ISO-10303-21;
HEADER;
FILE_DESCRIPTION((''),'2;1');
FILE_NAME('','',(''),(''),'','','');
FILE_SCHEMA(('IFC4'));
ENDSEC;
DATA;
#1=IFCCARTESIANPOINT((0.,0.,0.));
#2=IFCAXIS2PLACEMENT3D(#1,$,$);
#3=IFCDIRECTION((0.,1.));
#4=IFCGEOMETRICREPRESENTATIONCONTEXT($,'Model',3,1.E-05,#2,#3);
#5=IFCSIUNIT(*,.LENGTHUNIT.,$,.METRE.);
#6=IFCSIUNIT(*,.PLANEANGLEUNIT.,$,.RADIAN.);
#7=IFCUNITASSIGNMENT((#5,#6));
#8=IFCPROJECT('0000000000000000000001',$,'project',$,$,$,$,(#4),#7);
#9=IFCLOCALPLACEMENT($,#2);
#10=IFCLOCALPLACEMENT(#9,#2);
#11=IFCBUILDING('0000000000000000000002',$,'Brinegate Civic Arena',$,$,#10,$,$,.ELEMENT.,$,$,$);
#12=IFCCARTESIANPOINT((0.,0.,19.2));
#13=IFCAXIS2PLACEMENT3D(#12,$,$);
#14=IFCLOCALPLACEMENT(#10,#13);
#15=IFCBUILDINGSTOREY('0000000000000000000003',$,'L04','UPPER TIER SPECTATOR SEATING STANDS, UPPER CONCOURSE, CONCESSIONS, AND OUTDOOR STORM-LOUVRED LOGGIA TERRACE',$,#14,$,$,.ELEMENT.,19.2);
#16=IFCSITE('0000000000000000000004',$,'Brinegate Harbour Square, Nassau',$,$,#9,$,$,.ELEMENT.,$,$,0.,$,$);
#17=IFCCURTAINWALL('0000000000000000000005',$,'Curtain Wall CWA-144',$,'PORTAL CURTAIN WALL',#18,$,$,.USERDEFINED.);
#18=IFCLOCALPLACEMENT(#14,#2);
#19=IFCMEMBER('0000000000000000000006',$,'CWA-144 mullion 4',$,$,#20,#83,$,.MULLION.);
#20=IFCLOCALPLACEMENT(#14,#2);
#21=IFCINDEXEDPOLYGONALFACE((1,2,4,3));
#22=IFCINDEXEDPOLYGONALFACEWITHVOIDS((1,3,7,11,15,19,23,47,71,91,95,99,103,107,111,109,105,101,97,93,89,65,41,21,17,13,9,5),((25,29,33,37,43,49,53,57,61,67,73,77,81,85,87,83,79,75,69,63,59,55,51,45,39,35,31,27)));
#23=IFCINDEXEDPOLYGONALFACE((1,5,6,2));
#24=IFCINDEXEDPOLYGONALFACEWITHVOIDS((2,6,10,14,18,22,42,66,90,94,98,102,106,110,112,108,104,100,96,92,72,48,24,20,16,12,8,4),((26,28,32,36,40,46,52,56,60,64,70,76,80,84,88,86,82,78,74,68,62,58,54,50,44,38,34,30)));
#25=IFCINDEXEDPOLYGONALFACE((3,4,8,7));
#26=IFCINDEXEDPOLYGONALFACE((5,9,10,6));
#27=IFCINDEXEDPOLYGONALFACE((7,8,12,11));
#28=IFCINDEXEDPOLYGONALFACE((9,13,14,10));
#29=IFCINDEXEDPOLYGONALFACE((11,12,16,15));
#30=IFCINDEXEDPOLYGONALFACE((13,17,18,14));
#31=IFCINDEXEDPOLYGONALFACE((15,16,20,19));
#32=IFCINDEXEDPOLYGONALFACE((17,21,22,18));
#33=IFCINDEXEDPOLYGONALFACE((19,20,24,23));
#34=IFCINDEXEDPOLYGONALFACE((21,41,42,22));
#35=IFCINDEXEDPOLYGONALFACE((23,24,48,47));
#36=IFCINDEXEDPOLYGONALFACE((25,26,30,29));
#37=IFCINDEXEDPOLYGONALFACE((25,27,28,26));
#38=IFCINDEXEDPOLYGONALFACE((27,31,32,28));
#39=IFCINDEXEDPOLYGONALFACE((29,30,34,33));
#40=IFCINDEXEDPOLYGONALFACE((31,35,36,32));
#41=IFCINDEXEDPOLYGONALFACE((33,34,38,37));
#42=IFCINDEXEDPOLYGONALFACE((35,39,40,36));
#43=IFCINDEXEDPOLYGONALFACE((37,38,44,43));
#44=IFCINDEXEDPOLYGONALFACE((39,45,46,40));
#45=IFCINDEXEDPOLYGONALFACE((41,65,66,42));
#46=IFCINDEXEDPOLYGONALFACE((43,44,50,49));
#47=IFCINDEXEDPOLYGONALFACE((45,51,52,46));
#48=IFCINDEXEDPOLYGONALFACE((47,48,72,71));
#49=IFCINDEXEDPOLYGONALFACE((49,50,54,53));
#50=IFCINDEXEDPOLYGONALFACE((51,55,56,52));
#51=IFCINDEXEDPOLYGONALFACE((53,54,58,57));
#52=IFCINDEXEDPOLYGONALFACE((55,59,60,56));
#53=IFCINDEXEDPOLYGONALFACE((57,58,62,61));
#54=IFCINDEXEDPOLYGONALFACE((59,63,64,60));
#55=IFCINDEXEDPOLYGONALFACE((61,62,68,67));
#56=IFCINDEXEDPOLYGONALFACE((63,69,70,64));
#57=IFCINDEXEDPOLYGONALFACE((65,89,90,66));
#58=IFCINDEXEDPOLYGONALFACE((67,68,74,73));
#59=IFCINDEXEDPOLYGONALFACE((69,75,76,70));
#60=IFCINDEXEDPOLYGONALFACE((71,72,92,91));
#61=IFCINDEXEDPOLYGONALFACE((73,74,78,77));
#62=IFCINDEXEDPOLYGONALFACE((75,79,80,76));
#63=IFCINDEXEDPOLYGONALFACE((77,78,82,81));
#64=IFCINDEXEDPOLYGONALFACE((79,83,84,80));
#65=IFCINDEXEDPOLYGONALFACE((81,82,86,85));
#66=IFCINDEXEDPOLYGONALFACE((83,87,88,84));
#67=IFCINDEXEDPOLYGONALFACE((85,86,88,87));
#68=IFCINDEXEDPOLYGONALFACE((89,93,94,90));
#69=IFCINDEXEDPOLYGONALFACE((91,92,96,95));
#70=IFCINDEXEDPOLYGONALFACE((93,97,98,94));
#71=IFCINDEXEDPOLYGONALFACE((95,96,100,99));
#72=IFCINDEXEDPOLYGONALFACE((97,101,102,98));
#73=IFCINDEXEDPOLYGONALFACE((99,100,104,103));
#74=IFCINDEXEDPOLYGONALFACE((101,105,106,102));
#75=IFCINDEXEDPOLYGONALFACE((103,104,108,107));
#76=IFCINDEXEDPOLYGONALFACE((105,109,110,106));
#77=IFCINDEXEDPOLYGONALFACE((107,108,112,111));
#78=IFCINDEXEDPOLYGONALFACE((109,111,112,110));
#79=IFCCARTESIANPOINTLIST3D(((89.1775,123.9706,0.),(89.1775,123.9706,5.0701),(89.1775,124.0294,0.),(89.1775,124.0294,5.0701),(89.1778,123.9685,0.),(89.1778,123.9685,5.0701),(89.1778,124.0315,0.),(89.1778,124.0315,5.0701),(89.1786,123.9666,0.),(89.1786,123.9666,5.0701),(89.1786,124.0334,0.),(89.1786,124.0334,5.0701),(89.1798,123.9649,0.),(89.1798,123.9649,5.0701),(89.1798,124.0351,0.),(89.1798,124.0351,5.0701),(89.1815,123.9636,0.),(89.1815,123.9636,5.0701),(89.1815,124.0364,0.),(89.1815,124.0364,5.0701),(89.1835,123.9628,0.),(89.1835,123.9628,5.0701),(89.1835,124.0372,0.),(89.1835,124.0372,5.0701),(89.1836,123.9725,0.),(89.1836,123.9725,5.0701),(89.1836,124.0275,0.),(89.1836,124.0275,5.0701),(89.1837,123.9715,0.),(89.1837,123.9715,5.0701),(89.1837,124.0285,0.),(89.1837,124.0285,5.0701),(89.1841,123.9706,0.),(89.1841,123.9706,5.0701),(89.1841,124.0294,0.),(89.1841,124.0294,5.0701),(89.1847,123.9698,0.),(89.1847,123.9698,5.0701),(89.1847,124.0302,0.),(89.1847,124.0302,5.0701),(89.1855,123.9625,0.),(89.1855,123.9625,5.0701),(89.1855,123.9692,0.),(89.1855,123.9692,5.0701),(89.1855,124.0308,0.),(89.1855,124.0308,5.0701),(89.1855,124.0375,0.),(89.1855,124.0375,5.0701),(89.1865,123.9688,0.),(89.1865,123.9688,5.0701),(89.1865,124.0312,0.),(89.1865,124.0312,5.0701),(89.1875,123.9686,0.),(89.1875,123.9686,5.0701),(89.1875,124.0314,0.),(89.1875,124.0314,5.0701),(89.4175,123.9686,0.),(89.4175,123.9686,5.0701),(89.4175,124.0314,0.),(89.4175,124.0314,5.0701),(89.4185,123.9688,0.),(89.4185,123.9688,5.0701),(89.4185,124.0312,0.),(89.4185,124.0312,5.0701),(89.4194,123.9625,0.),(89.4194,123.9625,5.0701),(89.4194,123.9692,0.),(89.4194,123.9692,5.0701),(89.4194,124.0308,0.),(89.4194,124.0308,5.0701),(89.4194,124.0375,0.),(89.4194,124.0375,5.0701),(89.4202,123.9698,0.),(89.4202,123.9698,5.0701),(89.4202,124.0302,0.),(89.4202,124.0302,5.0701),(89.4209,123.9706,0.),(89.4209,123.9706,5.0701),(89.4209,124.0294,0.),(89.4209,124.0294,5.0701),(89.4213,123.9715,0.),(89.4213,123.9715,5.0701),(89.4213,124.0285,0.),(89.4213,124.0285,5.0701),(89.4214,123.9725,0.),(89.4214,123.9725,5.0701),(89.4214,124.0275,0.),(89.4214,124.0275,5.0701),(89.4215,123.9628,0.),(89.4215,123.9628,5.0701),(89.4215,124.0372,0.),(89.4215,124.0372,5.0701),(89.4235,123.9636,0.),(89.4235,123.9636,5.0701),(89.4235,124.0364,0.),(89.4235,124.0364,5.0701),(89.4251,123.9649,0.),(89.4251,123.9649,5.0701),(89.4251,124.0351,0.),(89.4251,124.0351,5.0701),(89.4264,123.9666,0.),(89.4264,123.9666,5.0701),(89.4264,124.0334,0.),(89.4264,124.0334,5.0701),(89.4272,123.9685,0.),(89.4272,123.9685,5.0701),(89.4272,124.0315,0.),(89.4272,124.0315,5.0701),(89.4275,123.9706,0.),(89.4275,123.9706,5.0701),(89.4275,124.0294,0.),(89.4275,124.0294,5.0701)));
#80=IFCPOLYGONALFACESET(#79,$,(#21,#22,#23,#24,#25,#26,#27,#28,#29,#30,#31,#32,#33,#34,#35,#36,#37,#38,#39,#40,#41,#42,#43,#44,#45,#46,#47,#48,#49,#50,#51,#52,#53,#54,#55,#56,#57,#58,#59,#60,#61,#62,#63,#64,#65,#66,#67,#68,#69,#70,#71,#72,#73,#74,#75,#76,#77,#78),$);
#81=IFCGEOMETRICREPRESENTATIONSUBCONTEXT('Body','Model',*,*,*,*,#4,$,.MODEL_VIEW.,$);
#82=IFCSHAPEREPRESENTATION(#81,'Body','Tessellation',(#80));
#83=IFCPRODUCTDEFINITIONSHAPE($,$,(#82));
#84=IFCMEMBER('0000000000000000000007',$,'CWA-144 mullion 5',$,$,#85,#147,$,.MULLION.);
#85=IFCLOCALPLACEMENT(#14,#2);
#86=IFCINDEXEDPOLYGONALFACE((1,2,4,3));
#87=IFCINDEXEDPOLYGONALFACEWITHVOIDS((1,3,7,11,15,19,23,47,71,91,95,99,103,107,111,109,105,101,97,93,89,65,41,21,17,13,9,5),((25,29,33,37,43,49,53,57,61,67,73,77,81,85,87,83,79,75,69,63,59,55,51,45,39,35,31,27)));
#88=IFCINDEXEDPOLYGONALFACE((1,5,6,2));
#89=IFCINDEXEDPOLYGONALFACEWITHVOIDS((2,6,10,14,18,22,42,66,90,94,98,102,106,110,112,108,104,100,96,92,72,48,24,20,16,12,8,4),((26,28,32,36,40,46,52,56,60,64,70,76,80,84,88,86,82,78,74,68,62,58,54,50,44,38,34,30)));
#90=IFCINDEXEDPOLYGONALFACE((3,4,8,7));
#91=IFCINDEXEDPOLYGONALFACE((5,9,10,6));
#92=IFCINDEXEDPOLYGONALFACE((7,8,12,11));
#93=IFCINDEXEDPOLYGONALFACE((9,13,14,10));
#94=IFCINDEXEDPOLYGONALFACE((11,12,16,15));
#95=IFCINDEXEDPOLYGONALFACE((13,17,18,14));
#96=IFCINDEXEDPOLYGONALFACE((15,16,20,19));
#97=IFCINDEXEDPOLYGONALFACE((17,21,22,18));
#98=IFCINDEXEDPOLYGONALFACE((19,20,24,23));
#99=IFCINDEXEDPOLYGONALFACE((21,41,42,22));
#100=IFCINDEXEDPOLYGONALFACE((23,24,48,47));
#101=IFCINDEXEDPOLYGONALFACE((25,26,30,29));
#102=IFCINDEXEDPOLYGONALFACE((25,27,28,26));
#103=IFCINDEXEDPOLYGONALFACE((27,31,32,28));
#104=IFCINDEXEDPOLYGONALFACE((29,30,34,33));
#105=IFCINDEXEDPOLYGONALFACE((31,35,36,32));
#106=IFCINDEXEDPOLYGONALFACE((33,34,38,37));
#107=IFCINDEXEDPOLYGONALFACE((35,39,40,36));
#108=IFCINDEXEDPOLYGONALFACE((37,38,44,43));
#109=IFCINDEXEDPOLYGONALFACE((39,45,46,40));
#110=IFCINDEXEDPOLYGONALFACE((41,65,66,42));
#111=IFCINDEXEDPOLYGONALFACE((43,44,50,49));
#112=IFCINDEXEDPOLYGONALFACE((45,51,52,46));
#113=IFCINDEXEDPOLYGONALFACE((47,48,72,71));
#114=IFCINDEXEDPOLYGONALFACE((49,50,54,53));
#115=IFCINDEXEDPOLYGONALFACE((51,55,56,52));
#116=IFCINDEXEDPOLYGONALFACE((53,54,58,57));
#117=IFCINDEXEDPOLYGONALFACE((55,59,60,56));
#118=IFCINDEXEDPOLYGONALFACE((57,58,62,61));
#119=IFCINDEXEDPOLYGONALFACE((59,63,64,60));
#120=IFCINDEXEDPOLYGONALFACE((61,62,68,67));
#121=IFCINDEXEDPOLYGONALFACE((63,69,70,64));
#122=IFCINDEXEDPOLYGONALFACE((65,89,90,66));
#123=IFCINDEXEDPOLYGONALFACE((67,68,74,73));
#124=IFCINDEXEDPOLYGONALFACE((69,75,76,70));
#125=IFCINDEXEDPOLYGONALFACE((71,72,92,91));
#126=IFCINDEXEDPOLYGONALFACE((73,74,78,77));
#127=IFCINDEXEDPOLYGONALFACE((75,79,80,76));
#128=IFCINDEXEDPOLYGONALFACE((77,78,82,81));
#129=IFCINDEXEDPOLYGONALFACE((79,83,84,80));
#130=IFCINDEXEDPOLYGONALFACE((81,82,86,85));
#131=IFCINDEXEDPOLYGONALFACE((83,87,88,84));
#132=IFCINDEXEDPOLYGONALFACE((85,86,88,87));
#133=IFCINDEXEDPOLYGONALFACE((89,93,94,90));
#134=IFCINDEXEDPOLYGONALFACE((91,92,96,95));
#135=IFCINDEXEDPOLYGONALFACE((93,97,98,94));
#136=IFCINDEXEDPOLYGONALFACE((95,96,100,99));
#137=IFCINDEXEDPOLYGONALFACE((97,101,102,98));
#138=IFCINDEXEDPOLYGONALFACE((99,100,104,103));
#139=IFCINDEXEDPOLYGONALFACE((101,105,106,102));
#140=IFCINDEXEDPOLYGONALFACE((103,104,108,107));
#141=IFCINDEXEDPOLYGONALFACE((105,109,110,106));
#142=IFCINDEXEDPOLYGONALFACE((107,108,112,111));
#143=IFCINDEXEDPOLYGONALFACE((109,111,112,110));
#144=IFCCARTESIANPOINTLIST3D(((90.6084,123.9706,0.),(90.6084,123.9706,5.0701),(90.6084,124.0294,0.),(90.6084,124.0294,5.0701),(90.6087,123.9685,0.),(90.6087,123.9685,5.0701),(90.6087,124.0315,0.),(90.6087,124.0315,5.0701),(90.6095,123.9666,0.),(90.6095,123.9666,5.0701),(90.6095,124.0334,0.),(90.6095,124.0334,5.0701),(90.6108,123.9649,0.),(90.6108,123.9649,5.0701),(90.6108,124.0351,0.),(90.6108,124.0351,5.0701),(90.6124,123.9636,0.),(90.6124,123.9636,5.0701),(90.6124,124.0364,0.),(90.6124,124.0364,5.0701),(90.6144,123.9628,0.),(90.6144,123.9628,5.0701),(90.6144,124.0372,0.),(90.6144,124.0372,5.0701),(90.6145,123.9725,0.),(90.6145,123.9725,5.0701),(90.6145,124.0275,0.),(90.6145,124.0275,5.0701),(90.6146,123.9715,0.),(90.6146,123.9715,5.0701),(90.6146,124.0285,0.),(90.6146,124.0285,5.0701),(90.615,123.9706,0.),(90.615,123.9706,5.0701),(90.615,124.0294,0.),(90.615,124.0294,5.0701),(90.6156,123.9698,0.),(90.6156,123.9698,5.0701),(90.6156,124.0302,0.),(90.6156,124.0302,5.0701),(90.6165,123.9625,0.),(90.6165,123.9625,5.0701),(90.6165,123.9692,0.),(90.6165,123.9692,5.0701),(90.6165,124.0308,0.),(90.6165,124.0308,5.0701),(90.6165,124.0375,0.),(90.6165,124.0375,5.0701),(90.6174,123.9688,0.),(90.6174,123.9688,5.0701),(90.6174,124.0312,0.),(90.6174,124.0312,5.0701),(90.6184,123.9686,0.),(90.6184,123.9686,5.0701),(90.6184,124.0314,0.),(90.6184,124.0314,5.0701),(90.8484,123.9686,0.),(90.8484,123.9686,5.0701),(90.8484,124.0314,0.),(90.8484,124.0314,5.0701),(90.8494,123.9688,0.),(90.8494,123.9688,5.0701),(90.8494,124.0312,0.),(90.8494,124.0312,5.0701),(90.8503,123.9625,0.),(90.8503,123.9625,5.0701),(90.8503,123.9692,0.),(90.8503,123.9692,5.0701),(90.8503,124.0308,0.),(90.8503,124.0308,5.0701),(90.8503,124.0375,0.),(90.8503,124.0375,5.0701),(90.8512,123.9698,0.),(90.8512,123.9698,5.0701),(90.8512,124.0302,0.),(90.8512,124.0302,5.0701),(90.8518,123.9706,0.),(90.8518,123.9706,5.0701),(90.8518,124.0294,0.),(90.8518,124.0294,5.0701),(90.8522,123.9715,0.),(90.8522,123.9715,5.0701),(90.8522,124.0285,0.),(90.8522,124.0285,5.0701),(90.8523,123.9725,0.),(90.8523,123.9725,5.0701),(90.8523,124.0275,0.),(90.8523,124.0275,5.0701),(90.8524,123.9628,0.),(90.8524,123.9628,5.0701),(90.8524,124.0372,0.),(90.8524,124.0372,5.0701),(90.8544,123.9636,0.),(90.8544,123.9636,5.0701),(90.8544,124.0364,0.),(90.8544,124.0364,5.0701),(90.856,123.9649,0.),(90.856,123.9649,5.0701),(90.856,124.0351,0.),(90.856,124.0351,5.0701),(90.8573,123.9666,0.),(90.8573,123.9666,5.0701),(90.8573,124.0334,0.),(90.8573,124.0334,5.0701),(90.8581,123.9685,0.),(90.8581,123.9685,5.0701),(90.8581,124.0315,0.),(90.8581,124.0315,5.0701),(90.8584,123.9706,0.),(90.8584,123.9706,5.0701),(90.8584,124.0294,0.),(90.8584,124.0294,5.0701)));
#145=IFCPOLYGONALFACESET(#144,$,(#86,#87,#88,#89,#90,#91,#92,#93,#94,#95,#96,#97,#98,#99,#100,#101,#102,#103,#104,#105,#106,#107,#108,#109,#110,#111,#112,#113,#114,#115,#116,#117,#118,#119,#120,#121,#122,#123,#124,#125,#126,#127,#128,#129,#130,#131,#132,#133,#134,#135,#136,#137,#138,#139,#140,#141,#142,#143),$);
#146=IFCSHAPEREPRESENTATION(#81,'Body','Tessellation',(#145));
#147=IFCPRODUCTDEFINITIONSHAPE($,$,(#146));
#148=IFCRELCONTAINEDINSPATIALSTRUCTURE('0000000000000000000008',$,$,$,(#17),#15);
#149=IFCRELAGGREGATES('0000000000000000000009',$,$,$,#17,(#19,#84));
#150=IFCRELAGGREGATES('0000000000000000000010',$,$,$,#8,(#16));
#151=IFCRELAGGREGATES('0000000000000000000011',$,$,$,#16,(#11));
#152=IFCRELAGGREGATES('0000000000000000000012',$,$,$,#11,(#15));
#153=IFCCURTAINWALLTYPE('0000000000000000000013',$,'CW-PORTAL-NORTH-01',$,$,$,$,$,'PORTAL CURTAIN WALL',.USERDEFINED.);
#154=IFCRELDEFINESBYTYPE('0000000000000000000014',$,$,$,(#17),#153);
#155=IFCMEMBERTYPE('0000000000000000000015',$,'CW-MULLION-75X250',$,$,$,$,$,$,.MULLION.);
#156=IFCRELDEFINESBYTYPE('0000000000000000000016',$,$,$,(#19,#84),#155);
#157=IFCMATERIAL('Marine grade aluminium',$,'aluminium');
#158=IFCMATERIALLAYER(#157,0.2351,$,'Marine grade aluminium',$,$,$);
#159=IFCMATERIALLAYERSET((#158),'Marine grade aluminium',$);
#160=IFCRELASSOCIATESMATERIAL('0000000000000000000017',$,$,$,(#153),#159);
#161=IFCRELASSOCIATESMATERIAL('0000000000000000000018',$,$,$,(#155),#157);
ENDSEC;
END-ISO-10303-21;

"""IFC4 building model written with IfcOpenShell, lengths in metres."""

from ifc_helpers import new_model, si_unit, direction, frame, origin, origin_2d, place, context, subcontext, project, spatial, hollow_rectangle, extrude, material, layer, layer_set, material_profile, profile_set, type_object, element, aggregate, save


model = new_model("IFC4")

# Units and contexts
model_context = context("Model", 3, precision=1e-05, world=origin(), true_north=direction((0.0, 1.0)))
body_context = subcontext(model_context, "Body", "Model", "MODEL_VIEW")
ifc_project = project(units=[si_unit("LENGTHUNIT", "METRE"), si_unit("PLANEANGLEUNIT", "RADIAN")], contexts=[model_context])

# Site, building, storey
site_placement = place(None, origin())
site = spatial("IfcSite", under=ifc_project, at=site_placement, Name="Brinegate Harbour Square, Nassau", CompositionType="ELEMENT", RefElevation=0.0)
building_placement = place(site_placement, origin())
building = spatial("IfcBuilding", under=site, at=building_placement, Name="Brinegate Civic Arena", CompositionType="ELEMENT")
storey_placement = place(building_placement, frame((0.0, 0.0, 19.2)))
storey = spatial("IfcBuildingStorey", under=building, at=storey_placement, Name="L04", Description="UPPER TIER SPECTATOR SEATING STANDS, UPPER CONCOURSE, CONCESSIONS, AND OUTDOOR STORM-LOUVRED LOGGIA TERRACE", CompositionType="ELEMENT", Elevation=19.2)

# Curtain wall, members
ifc_material_1 = material(Name="Marine grade aluminium", Category="aluminium")
ifc_layer_1 = layer(ifc_material_1, 0.2351, Name="Marine grade aluminium")
ifc_layer_set_1 = layer_set([ifc_layer_1], Name="Marine grade aluminium")
curtain_wall_type = type_object("IfcCurtainWallType", Name="CW-PORTAL-NORTH-01", ElementType="PORTAL CURTAIN WALL", PredefinedType="USERDEFINED", material=ifc_layer_set_1)
curtain_wall_placement = place(storey_placement, origin())
curtain_wall = element("IfcCurtainWall", 1, at=curtain_wall_placement, inside=storey, type_object=curtain_wall_type, Name="Curtain Wall CWA-144", ObjectType="PORTAL CURTAIN WALL", PredefinedType="USERDEFINED")
ifc_material_profile_1 = material_profile(ifc_material_1, hollow_rectangle(XDim=0.075, YDim=0.25, WallThickness=0.0061, InnerFilletRadius=0.0039, OuterFilletRadius=0.0081, at=origin_2d()), Name="MUL75X250")
ifc_profile_set_1 = profile_set([ifc_material_profile_1], Name="Marine grade aluminium")
member_type_1 = type_object("IfcMemberType", Name="CW-MULLION-75X250", PredefinedType="MULLION", material=ifc_profile_set_1)
member_1_placement = place(storey_placement, frame((89.3025, 124.0, 0.0), z_axis=(0.0, 0.0, 1.0), x_axis=(0.0, 1.0, 0.0)))
member_1 = element("IfcMember", 2, at=member_1_placement, type_object=member_type_1, Name="CWA-144 mullion 4", PredefinedType="MULLION", context=body_context, shape_type="SweptSolid", body=[
    extrude(hollow_rectangle(XDim=0.075, YDim=0.25, WallThickness=0.0061, InnerFilletRadius=0.0039, OuterFilletRadius=0.0081, at=origin_2d()), origin(), (0.0, 0.0, 1.0), 5.0701),
])
member_2_placement = place(storey_placement, frame((90.7334, 124.0, 0.0), z_axis=(0.0, 0.0, 1.0), x_axis=(0.0, 1.0, 0.0)))
member_2 = element("IfcMember", 3, at=member_2_placement, type_object=member_type_1, Name="CWA-144 mullion 5", PredefinedType="MULLION", context=body_context, shape_type="SweptSolid", body=[
    extrude(hollow_rectangle(XDim=0.075, YDim=0.25, WallThickness=0.0061, InnerFilletRadius=0.0039, OuterFilletRadius=0.0081, at=origin_2d()), origin(), (0.0, 0.0, 1.0), 5.0701),
])
aggregate(curtain_wall, [member_1, member_2])

save(model, "model.ifc")
